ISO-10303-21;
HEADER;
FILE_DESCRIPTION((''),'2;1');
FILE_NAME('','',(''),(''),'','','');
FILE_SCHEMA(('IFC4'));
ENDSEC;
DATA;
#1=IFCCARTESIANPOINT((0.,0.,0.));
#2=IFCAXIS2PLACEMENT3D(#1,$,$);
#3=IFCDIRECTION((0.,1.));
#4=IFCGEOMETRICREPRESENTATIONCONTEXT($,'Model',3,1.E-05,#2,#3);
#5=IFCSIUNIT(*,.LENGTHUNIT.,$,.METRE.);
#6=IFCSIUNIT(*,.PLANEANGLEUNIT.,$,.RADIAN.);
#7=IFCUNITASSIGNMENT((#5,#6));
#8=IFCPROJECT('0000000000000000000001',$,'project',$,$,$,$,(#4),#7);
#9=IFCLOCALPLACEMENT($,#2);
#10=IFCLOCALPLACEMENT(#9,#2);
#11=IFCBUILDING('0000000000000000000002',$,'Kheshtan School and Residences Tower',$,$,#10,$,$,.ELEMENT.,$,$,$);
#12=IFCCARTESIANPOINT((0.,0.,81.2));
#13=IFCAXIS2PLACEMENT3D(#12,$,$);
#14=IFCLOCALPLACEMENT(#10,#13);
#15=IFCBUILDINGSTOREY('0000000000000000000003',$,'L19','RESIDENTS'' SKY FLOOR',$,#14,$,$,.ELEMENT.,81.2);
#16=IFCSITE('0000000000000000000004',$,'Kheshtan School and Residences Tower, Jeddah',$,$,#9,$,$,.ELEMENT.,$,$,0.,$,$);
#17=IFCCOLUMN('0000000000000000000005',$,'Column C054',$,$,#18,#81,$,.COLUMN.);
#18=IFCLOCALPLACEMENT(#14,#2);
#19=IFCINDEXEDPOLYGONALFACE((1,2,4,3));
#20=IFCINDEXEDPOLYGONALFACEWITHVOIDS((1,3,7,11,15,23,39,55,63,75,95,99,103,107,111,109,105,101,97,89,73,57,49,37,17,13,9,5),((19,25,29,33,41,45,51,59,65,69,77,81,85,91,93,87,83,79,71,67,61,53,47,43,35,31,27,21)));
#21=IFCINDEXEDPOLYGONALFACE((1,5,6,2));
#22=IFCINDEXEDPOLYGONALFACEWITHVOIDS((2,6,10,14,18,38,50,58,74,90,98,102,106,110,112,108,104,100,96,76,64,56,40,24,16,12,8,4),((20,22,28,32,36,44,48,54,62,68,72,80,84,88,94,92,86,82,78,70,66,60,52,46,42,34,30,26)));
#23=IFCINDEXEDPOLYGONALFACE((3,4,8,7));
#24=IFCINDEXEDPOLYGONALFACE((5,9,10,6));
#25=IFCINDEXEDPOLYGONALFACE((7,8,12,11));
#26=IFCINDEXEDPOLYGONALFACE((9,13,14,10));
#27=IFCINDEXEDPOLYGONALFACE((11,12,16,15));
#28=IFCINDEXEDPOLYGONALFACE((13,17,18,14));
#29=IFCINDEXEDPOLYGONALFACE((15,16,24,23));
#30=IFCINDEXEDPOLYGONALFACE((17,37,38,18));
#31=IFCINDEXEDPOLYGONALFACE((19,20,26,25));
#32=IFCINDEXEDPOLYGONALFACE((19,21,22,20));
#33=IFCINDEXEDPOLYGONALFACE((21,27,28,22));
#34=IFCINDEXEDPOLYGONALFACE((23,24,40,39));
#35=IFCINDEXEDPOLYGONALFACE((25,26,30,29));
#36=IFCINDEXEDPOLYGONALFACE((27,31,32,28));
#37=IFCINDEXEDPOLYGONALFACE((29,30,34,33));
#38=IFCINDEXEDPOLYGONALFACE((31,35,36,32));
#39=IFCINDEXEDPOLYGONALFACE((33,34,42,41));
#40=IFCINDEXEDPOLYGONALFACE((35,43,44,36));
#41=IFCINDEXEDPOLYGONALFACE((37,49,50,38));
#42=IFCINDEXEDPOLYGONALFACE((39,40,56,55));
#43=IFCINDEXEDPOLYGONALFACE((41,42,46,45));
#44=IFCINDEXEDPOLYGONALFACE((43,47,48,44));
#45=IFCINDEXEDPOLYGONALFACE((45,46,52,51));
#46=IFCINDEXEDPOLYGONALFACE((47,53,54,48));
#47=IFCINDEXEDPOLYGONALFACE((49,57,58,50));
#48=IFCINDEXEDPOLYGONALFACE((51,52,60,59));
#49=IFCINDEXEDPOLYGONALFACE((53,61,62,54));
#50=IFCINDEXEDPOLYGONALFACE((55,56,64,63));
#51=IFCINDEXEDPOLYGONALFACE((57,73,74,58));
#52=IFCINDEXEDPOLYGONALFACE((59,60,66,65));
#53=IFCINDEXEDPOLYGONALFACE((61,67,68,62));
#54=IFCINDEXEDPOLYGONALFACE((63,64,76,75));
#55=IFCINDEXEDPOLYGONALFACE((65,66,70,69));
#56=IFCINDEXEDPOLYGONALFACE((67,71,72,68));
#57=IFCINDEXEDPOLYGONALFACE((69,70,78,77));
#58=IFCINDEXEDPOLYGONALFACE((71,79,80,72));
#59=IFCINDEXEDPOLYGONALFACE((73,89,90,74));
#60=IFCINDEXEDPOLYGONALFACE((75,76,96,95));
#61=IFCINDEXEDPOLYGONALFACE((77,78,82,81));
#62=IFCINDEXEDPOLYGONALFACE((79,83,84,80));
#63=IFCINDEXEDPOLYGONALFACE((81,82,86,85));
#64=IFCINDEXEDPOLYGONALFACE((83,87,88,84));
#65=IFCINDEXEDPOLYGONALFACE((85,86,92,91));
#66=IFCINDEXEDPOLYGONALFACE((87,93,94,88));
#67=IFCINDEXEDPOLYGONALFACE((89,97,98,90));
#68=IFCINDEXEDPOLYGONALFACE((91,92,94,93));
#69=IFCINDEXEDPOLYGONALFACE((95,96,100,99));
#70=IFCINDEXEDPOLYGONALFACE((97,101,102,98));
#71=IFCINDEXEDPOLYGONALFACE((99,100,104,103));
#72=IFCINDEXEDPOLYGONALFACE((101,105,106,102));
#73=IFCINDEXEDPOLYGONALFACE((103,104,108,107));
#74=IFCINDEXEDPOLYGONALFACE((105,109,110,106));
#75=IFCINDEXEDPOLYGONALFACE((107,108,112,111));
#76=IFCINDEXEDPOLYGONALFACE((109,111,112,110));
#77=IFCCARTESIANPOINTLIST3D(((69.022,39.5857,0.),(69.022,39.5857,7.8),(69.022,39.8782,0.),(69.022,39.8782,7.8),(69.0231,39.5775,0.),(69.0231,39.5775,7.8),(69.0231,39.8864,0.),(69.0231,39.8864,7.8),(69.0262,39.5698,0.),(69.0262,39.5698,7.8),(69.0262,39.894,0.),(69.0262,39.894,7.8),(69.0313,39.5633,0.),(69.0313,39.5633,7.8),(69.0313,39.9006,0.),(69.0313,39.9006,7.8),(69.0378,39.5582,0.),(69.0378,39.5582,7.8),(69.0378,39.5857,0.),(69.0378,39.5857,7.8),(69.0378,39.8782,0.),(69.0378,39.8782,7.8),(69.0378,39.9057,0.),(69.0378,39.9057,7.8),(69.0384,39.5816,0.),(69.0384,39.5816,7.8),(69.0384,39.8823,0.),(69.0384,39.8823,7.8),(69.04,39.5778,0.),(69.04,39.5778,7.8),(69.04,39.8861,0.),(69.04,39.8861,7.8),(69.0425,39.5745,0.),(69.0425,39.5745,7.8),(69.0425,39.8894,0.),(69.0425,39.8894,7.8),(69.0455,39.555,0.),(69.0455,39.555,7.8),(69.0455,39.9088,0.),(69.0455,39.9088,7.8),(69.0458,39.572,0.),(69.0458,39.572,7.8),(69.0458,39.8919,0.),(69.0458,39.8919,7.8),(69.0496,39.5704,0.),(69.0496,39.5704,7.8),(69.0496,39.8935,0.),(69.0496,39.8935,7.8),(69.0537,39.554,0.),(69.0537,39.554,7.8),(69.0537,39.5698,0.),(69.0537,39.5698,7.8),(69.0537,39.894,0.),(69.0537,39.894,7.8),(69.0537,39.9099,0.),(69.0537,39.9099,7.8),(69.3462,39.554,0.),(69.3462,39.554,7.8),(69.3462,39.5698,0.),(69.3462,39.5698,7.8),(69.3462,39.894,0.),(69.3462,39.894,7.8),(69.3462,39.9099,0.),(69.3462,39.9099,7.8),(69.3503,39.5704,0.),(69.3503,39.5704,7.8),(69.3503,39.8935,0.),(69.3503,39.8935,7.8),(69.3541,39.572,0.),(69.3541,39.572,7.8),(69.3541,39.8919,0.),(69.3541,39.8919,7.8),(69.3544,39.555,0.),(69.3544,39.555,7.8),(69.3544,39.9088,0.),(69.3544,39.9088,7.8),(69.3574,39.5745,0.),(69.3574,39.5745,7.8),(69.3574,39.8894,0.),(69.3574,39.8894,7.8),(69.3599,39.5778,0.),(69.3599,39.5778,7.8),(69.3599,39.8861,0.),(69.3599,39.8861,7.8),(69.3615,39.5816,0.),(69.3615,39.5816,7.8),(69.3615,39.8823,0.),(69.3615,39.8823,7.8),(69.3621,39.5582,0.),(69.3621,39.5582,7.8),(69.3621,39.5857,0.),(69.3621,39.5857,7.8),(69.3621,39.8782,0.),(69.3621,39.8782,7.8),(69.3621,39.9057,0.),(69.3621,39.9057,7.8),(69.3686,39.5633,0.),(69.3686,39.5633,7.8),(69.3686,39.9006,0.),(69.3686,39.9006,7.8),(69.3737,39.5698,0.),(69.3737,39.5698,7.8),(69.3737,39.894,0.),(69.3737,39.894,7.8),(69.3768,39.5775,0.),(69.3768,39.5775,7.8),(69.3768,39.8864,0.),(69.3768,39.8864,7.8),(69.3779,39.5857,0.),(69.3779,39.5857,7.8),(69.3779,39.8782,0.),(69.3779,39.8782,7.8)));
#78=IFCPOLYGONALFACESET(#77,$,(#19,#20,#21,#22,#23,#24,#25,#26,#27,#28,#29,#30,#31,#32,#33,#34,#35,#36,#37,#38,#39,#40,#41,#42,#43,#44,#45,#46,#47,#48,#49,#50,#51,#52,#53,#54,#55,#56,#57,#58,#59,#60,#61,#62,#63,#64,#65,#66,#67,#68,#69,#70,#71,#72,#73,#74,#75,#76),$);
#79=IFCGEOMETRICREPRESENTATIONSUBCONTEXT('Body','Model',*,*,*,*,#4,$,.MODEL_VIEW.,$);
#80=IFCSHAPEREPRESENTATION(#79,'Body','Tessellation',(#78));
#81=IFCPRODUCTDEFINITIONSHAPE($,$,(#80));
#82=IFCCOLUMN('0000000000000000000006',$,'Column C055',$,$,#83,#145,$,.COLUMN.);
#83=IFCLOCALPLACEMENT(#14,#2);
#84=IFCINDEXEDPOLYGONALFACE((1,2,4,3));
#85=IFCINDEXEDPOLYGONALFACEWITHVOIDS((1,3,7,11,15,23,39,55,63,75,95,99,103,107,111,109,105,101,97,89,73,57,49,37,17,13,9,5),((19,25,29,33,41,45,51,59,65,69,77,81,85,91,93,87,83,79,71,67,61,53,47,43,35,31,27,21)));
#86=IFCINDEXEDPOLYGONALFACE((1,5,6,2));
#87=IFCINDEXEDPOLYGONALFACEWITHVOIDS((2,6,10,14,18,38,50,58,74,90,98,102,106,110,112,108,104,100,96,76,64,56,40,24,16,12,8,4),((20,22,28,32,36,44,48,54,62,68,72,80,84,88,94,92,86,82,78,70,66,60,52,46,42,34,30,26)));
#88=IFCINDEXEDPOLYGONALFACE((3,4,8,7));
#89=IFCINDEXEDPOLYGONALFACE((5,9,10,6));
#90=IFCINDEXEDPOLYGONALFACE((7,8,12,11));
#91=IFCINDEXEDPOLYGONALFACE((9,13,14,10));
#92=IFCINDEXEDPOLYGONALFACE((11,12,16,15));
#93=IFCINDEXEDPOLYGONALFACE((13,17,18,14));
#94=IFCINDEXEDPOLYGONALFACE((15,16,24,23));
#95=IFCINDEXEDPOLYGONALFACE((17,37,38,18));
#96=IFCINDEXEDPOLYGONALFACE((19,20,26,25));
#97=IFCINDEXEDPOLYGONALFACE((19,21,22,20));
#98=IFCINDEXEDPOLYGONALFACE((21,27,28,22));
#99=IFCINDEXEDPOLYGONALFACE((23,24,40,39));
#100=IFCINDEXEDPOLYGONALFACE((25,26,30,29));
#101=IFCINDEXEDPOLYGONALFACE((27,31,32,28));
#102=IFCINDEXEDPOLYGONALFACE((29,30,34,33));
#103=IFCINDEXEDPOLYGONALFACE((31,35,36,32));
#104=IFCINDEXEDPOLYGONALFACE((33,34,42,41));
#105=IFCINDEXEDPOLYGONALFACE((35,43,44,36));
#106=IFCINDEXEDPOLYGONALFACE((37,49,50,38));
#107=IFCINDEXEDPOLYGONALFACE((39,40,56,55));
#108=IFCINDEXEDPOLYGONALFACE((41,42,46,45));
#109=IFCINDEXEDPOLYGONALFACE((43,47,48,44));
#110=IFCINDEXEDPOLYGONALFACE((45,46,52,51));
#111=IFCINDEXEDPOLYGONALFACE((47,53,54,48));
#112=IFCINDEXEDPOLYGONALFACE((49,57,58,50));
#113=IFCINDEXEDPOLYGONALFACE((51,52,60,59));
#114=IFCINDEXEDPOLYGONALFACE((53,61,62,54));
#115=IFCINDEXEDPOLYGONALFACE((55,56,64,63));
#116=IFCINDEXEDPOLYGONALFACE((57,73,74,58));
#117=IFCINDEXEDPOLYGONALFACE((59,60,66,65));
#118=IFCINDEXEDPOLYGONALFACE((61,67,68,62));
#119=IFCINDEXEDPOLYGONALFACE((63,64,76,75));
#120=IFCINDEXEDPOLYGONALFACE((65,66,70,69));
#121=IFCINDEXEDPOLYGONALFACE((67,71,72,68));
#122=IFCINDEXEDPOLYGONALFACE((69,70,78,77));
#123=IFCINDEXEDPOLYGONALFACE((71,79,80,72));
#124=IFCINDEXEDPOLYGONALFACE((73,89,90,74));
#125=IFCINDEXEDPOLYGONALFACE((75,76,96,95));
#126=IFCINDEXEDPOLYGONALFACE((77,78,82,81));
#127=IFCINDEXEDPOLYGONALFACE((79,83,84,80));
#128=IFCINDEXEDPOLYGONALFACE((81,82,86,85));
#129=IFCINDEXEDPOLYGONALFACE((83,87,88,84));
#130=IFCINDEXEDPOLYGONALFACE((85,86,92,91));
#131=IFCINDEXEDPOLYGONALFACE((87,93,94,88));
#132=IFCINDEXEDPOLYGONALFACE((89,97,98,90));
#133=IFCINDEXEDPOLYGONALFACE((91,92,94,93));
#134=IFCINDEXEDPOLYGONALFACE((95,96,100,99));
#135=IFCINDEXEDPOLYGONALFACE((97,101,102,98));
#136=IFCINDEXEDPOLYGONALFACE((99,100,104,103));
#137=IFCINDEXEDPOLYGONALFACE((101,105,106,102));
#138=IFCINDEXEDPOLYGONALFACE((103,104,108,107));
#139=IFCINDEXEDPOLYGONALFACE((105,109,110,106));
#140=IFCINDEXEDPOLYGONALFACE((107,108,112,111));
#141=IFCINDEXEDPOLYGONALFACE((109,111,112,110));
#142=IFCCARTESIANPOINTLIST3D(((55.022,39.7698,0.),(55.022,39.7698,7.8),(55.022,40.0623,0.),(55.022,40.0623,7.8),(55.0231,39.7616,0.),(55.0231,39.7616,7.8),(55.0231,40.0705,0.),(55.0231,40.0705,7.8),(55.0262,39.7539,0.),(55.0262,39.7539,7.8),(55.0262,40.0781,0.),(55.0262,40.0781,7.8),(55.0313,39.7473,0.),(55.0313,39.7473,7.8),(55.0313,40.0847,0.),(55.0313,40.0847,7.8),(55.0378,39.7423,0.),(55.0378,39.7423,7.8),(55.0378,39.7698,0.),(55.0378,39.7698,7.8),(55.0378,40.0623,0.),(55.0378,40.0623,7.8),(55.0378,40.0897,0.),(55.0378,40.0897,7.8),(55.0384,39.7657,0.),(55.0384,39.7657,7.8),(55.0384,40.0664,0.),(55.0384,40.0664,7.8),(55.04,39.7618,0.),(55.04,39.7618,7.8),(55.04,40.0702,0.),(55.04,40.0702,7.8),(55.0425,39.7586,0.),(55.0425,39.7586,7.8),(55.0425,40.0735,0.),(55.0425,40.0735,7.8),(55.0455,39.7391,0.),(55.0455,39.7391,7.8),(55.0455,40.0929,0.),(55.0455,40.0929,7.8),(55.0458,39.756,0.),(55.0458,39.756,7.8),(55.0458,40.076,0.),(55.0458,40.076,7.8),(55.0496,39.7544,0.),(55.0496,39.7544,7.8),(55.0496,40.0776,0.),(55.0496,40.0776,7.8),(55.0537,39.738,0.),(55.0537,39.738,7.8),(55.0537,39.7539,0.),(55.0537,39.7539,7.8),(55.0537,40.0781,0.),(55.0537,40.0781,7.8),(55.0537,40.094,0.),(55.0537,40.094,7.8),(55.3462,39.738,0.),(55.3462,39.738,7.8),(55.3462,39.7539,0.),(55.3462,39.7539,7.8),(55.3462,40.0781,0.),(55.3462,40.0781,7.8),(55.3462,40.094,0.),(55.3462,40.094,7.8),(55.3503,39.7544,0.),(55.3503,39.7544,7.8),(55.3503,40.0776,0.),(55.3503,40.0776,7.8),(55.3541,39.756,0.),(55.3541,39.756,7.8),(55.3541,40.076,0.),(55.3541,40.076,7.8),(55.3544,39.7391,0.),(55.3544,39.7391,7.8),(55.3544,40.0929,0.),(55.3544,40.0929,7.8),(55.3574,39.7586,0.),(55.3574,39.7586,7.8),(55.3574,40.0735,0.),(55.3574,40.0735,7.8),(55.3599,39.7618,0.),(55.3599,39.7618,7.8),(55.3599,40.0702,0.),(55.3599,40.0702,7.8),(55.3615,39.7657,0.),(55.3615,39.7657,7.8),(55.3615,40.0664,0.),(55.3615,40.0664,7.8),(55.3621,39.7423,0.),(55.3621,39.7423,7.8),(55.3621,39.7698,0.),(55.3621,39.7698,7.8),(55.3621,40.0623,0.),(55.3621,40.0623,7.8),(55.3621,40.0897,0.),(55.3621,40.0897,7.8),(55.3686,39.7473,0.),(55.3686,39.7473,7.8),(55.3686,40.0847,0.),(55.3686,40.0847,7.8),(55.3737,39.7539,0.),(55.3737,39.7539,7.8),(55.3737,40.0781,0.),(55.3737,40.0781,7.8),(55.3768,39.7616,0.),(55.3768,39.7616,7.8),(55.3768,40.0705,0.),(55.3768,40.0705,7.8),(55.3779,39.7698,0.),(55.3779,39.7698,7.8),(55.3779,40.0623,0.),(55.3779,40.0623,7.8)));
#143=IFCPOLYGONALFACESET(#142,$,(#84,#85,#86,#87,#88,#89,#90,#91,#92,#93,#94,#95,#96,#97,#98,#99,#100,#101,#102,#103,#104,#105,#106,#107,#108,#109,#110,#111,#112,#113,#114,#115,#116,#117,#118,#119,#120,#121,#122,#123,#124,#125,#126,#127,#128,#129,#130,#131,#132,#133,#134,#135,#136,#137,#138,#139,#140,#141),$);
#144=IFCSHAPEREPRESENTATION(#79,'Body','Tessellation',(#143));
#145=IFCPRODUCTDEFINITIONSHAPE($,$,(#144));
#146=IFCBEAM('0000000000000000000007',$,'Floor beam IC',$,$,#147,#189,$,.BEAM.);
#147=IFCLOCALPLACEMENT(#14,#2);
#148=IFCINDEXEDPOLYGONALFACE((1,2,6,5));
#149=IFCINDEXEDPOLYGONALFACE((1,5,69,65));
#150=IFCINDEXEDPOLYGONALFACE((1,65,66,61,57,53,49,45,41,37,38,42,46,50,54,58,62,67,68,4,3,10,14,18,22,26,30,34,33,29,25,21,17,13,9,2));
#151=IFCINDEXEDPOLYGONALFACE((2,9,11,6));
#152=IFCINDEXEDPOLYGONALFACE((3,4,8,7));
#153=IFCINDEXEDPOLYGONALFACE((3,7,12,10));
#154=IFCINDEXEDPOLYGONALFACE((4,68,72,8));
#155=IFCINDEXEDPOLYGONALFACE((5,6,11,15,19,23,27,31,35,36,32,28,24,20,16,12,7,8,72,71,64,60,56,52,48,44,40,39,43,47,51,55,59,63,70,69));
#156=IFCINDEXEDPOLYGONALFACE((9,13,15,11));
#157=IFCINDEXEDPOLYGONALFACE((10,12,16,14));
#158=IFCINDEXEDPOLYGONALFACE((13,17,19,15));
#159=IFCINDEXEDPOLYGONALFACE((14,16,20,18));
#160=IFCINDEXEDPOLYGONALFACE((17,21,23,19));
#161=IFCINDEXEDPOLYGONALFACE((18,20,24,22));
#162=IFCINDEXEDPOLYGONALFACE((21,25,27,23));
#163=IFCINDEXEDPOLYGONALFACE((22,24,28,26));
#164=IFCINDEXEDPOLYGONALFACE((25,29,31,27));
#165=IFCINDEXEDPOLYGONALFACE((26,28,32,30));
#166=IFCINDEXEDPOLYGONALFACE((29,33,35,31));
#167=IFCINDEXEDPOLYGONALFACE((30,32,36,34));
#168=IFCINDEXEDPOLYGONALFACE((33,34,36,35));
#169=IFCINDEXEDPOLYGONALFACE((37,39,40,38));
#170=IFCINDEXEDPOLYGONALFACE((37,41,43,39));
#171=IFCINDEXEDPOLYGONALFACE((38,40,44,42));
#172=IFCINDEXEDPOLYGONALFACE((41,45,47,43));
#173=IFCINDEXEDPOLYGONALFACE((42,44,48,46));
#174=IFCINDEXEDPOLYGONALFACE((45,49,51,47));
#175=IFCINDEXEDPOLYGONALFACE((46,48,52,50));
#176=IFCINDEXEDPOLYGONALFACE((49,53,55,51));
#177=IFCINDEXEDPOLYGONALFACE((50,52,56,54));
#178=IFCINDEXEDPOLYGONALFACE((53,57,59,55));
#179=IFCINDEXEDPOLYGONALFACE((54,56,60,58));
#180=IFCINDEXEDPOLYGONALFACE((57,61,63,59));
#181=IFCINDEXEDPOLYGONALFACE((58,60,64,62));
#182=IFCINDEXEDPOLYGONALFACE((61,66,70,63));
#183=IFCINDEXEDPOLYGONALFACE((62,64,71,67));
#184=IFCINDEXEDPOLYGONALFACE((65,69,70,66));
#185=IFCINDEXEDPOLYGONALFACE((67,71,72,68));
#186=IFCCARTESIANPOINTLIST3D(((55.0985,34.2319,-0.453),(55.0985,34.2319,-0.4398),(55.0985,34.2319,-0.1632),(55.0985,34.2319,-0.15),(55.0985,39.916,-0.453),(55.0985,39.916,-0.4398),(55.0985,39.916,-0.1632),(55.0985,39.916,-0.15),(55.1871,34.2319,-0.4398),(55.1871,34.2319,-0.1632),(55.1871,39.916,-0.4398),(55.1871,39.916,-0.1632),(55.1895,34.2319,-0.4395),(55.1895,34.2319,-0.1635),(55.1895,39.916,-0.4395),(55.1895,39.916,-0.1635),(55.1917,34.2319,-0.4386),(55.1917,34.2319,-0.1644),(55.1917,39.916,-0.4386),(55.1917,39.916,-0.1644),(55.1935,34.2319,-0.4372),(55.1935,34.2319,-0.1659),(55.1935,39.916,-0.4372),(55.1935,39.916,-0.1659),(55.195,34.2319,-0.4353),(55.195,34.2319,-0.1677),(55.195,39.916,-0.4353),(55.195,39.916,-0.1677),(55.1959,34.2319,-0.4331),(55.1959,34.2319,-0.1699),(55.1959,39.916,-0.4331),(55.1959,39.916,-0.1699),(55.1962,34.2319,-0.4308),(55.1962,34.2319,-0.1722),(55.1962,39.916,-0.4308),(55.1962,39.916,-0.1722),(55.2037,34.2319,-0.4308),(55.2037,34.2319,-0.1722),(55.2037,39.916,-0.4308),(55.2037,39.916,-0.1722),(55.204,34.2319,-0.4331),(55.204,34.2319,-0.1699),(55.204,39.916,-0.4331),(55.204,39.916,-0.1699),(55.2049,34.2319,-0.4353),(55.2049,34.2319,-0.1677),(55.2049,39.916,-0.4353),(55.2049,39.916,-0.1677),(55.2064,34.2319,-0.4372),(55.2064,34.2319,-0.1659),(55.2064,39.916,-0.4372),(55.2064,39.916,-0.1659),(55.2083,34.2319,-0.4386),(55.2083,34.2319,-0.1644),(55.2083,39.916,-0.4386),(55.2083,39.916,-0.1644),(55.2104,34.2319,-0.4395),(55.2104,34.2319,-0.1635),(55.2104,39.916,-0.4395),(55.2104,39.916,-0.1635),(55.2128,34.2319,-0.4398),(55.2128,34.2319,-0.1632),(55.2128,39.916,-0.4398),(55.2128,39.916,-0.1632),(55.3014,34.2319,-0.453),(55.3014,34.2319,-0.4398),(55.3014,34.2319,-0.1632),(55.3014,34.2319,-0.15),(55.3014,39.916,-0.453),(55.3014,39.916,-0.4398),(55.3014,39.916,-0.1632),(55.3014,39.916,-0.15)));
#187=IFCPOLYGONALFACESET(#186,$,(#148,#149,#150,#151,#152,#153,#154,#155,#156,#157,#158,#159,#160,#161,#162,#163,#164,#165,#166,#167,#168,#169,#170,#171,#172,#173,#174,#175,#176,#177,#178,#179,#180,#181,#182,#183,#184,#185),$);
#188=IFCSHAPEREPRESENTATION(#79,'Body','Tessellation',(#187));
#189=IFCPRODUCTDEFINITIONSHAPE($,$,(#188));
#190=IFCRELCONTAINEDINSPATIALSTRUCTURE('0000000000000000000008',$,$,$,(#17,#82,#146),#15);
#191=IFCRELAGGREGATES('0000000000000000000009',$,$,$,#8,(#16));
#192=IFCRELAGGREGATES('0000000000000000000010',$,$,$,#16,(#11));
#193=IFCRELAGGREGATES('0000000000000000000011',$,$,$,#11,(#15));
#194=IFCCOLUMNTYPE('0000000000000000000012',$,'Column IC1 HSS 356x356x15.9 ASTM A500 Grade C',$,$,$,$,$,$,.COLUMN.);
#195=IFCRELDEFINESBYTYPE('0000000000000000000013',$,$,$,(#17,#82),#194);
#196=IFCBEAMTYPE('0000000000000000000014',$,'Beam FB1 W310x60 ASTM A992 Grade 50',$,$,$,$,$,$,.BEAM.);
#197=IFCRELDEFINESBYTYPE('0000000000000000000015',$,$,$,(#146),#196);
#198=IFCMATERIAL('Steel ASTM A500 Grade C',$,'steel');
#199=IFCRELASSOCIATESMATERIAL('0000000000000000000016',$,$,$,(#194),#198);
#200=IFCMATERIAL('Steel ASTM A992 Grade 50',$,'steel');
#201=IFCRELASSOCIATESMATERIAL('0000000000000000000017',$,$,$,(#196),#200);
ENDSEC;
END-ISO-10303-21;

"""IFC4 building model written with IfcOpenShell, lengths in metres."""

from ifc_helpers import new_model, si_unit, direction, frame, origin, origin_2d, place, context, subcontext, project, spatial, hollow_rectangle, i_section, extrude, material, material_profile, profile_set, type_object, element, save


model = new_model("IFC4")

# Units and contexts
model_context = context("Model", 3, precision=1e-05, world=origin(), true_north=direction((0.0, 1.0)))
body_context = subcontext(model_context, "Body", "Model", "MODEL_VIEW")
ifc_project = project(units=[si_unit("LENGTHUNIT", "METRE"), si_unit("PLANEANGLEUNIT", "RADIAN")], contexts=[model_context])

# Site, building, storey
site_placement = place(None, origin())
site = spatial("IfcSite", under=ifc_project, at=site_placement, Name="Kheshtan School and Residences Tower, Jeddah", CompositionType="ELEMENT", RefElevation=0.0)
building_placement = place(site_placement, origin())
building = spatial("IfcBuilding", under=site, at=building_placement, Name="Kheshtan School and Residences Tower", CompositionType="ELEMENT")
storey_placement = place(building_placement, frame((0.0, 0.0, 81.2)))
storey = spatial("IfcBuildingStorey", under=building, at=storey_placement, Name="L19", Description="RESIDENTS' SKY FLOOR", CompositionType="ELEMENT", Elevation=81.2)

# Columns
ifc_material_1 = material(Name="Steel ASTM A500 Grade C", Category="steel")
ifc_material_profile_1 = material_profile(ifc_material_1, hollow_rectangle(XDim=0.356, YDim=0.356, WallThickness=0.0159, InnerFilletRadius=0.0159, OuterFilletRadius=0.0317, at=origin_2d()), Name="HSS 356x356x15.9")
ifc_profile_set_1 = profile_set([ifc_material_profile_1], Name="Steel ASTM A500 Grade C")
column_type = type_object("IfcColumnType", Name="Column IC1 HSS 356x356x15.9 ASTM A500 Grade C", PredefinedType="COLUMN", material=ifc_profile_set_1)
for number, where, z_axis, x_axis, name in (
    (1, (69.2, 39.7319, 0.0), (0.0, 0.0, 1.0), (1.0, 0.0, 0.0), "Column C054"),
    (2, (55.2, 39.916, 0.0), (0.0, 0.0, 1.0), (1.0, 0.0, 0.0), "Column C055"),
):
    element("IfcColumn", number, at=place(storey_placement, frame(where, z_axis=z_axis, x_axis=x_axis)), inside=storey, type_object=column_type, Name=name, PredefinedType="COLUMN", context=body_context, shape_type="SweptSolid", body=[
        extrude(hollow_rectangle(XDim=0.356, YDim=0.356, WallThickness=0.0159, InnerFilletRadius=0.0159, OuterFilletRadius=0.0317, at=origin_2d()), origin(), (0.0, 0.0, 1.0), 7.8),
    ])

# Beam
ifc_material_2 = material(Name="Steel ASTM A992 Grade 50", Category="steel")
ifc_material_profile_2 = material_profile(ifc_material_2, i_section(OverallWidth=0.2029, OverallDepth=0.303, WebThickness=0.0076, FlangeThickness=0.0132, FilletRadius=0.009, at=origin_2d()), Name="W310x60")
ifc_profile_set_2 = profile_set([ifc_material_profile_2], Name="Steel ASTM A992 Grade 50")
beam_type = type_object("IfcBeamType", Name="Beam FB1 W310x60 ASTM A992 Grade 50", PredefinedType="BEAM", material=ifc_profile_set_2)
beam_placement = place(storey_placement, frame((55.2, 34.2319, -0.3015), z_axis=(0.0, 1.0, 0.0), x_axis=(-1.0, 0.0, 0.0)))
element("IfcBeam", 3, at=beam_placement, inside=storey, type_object=beam_type, Name="Floor beam IC", PredefinedType="BEAM", context=body_context, shape_type="SweptSolid", body=[
    extrude(i_section(OverallWidth=0.2029, OverallDepth=0.303, WebThickness=0.0076, FlangeThickness=0.0132, FilletRadius=0.009, at=origin_2d()), origin(), (0.0, 0.0, 1.0), 5.6841),
])

save(model, "model.ifc")
